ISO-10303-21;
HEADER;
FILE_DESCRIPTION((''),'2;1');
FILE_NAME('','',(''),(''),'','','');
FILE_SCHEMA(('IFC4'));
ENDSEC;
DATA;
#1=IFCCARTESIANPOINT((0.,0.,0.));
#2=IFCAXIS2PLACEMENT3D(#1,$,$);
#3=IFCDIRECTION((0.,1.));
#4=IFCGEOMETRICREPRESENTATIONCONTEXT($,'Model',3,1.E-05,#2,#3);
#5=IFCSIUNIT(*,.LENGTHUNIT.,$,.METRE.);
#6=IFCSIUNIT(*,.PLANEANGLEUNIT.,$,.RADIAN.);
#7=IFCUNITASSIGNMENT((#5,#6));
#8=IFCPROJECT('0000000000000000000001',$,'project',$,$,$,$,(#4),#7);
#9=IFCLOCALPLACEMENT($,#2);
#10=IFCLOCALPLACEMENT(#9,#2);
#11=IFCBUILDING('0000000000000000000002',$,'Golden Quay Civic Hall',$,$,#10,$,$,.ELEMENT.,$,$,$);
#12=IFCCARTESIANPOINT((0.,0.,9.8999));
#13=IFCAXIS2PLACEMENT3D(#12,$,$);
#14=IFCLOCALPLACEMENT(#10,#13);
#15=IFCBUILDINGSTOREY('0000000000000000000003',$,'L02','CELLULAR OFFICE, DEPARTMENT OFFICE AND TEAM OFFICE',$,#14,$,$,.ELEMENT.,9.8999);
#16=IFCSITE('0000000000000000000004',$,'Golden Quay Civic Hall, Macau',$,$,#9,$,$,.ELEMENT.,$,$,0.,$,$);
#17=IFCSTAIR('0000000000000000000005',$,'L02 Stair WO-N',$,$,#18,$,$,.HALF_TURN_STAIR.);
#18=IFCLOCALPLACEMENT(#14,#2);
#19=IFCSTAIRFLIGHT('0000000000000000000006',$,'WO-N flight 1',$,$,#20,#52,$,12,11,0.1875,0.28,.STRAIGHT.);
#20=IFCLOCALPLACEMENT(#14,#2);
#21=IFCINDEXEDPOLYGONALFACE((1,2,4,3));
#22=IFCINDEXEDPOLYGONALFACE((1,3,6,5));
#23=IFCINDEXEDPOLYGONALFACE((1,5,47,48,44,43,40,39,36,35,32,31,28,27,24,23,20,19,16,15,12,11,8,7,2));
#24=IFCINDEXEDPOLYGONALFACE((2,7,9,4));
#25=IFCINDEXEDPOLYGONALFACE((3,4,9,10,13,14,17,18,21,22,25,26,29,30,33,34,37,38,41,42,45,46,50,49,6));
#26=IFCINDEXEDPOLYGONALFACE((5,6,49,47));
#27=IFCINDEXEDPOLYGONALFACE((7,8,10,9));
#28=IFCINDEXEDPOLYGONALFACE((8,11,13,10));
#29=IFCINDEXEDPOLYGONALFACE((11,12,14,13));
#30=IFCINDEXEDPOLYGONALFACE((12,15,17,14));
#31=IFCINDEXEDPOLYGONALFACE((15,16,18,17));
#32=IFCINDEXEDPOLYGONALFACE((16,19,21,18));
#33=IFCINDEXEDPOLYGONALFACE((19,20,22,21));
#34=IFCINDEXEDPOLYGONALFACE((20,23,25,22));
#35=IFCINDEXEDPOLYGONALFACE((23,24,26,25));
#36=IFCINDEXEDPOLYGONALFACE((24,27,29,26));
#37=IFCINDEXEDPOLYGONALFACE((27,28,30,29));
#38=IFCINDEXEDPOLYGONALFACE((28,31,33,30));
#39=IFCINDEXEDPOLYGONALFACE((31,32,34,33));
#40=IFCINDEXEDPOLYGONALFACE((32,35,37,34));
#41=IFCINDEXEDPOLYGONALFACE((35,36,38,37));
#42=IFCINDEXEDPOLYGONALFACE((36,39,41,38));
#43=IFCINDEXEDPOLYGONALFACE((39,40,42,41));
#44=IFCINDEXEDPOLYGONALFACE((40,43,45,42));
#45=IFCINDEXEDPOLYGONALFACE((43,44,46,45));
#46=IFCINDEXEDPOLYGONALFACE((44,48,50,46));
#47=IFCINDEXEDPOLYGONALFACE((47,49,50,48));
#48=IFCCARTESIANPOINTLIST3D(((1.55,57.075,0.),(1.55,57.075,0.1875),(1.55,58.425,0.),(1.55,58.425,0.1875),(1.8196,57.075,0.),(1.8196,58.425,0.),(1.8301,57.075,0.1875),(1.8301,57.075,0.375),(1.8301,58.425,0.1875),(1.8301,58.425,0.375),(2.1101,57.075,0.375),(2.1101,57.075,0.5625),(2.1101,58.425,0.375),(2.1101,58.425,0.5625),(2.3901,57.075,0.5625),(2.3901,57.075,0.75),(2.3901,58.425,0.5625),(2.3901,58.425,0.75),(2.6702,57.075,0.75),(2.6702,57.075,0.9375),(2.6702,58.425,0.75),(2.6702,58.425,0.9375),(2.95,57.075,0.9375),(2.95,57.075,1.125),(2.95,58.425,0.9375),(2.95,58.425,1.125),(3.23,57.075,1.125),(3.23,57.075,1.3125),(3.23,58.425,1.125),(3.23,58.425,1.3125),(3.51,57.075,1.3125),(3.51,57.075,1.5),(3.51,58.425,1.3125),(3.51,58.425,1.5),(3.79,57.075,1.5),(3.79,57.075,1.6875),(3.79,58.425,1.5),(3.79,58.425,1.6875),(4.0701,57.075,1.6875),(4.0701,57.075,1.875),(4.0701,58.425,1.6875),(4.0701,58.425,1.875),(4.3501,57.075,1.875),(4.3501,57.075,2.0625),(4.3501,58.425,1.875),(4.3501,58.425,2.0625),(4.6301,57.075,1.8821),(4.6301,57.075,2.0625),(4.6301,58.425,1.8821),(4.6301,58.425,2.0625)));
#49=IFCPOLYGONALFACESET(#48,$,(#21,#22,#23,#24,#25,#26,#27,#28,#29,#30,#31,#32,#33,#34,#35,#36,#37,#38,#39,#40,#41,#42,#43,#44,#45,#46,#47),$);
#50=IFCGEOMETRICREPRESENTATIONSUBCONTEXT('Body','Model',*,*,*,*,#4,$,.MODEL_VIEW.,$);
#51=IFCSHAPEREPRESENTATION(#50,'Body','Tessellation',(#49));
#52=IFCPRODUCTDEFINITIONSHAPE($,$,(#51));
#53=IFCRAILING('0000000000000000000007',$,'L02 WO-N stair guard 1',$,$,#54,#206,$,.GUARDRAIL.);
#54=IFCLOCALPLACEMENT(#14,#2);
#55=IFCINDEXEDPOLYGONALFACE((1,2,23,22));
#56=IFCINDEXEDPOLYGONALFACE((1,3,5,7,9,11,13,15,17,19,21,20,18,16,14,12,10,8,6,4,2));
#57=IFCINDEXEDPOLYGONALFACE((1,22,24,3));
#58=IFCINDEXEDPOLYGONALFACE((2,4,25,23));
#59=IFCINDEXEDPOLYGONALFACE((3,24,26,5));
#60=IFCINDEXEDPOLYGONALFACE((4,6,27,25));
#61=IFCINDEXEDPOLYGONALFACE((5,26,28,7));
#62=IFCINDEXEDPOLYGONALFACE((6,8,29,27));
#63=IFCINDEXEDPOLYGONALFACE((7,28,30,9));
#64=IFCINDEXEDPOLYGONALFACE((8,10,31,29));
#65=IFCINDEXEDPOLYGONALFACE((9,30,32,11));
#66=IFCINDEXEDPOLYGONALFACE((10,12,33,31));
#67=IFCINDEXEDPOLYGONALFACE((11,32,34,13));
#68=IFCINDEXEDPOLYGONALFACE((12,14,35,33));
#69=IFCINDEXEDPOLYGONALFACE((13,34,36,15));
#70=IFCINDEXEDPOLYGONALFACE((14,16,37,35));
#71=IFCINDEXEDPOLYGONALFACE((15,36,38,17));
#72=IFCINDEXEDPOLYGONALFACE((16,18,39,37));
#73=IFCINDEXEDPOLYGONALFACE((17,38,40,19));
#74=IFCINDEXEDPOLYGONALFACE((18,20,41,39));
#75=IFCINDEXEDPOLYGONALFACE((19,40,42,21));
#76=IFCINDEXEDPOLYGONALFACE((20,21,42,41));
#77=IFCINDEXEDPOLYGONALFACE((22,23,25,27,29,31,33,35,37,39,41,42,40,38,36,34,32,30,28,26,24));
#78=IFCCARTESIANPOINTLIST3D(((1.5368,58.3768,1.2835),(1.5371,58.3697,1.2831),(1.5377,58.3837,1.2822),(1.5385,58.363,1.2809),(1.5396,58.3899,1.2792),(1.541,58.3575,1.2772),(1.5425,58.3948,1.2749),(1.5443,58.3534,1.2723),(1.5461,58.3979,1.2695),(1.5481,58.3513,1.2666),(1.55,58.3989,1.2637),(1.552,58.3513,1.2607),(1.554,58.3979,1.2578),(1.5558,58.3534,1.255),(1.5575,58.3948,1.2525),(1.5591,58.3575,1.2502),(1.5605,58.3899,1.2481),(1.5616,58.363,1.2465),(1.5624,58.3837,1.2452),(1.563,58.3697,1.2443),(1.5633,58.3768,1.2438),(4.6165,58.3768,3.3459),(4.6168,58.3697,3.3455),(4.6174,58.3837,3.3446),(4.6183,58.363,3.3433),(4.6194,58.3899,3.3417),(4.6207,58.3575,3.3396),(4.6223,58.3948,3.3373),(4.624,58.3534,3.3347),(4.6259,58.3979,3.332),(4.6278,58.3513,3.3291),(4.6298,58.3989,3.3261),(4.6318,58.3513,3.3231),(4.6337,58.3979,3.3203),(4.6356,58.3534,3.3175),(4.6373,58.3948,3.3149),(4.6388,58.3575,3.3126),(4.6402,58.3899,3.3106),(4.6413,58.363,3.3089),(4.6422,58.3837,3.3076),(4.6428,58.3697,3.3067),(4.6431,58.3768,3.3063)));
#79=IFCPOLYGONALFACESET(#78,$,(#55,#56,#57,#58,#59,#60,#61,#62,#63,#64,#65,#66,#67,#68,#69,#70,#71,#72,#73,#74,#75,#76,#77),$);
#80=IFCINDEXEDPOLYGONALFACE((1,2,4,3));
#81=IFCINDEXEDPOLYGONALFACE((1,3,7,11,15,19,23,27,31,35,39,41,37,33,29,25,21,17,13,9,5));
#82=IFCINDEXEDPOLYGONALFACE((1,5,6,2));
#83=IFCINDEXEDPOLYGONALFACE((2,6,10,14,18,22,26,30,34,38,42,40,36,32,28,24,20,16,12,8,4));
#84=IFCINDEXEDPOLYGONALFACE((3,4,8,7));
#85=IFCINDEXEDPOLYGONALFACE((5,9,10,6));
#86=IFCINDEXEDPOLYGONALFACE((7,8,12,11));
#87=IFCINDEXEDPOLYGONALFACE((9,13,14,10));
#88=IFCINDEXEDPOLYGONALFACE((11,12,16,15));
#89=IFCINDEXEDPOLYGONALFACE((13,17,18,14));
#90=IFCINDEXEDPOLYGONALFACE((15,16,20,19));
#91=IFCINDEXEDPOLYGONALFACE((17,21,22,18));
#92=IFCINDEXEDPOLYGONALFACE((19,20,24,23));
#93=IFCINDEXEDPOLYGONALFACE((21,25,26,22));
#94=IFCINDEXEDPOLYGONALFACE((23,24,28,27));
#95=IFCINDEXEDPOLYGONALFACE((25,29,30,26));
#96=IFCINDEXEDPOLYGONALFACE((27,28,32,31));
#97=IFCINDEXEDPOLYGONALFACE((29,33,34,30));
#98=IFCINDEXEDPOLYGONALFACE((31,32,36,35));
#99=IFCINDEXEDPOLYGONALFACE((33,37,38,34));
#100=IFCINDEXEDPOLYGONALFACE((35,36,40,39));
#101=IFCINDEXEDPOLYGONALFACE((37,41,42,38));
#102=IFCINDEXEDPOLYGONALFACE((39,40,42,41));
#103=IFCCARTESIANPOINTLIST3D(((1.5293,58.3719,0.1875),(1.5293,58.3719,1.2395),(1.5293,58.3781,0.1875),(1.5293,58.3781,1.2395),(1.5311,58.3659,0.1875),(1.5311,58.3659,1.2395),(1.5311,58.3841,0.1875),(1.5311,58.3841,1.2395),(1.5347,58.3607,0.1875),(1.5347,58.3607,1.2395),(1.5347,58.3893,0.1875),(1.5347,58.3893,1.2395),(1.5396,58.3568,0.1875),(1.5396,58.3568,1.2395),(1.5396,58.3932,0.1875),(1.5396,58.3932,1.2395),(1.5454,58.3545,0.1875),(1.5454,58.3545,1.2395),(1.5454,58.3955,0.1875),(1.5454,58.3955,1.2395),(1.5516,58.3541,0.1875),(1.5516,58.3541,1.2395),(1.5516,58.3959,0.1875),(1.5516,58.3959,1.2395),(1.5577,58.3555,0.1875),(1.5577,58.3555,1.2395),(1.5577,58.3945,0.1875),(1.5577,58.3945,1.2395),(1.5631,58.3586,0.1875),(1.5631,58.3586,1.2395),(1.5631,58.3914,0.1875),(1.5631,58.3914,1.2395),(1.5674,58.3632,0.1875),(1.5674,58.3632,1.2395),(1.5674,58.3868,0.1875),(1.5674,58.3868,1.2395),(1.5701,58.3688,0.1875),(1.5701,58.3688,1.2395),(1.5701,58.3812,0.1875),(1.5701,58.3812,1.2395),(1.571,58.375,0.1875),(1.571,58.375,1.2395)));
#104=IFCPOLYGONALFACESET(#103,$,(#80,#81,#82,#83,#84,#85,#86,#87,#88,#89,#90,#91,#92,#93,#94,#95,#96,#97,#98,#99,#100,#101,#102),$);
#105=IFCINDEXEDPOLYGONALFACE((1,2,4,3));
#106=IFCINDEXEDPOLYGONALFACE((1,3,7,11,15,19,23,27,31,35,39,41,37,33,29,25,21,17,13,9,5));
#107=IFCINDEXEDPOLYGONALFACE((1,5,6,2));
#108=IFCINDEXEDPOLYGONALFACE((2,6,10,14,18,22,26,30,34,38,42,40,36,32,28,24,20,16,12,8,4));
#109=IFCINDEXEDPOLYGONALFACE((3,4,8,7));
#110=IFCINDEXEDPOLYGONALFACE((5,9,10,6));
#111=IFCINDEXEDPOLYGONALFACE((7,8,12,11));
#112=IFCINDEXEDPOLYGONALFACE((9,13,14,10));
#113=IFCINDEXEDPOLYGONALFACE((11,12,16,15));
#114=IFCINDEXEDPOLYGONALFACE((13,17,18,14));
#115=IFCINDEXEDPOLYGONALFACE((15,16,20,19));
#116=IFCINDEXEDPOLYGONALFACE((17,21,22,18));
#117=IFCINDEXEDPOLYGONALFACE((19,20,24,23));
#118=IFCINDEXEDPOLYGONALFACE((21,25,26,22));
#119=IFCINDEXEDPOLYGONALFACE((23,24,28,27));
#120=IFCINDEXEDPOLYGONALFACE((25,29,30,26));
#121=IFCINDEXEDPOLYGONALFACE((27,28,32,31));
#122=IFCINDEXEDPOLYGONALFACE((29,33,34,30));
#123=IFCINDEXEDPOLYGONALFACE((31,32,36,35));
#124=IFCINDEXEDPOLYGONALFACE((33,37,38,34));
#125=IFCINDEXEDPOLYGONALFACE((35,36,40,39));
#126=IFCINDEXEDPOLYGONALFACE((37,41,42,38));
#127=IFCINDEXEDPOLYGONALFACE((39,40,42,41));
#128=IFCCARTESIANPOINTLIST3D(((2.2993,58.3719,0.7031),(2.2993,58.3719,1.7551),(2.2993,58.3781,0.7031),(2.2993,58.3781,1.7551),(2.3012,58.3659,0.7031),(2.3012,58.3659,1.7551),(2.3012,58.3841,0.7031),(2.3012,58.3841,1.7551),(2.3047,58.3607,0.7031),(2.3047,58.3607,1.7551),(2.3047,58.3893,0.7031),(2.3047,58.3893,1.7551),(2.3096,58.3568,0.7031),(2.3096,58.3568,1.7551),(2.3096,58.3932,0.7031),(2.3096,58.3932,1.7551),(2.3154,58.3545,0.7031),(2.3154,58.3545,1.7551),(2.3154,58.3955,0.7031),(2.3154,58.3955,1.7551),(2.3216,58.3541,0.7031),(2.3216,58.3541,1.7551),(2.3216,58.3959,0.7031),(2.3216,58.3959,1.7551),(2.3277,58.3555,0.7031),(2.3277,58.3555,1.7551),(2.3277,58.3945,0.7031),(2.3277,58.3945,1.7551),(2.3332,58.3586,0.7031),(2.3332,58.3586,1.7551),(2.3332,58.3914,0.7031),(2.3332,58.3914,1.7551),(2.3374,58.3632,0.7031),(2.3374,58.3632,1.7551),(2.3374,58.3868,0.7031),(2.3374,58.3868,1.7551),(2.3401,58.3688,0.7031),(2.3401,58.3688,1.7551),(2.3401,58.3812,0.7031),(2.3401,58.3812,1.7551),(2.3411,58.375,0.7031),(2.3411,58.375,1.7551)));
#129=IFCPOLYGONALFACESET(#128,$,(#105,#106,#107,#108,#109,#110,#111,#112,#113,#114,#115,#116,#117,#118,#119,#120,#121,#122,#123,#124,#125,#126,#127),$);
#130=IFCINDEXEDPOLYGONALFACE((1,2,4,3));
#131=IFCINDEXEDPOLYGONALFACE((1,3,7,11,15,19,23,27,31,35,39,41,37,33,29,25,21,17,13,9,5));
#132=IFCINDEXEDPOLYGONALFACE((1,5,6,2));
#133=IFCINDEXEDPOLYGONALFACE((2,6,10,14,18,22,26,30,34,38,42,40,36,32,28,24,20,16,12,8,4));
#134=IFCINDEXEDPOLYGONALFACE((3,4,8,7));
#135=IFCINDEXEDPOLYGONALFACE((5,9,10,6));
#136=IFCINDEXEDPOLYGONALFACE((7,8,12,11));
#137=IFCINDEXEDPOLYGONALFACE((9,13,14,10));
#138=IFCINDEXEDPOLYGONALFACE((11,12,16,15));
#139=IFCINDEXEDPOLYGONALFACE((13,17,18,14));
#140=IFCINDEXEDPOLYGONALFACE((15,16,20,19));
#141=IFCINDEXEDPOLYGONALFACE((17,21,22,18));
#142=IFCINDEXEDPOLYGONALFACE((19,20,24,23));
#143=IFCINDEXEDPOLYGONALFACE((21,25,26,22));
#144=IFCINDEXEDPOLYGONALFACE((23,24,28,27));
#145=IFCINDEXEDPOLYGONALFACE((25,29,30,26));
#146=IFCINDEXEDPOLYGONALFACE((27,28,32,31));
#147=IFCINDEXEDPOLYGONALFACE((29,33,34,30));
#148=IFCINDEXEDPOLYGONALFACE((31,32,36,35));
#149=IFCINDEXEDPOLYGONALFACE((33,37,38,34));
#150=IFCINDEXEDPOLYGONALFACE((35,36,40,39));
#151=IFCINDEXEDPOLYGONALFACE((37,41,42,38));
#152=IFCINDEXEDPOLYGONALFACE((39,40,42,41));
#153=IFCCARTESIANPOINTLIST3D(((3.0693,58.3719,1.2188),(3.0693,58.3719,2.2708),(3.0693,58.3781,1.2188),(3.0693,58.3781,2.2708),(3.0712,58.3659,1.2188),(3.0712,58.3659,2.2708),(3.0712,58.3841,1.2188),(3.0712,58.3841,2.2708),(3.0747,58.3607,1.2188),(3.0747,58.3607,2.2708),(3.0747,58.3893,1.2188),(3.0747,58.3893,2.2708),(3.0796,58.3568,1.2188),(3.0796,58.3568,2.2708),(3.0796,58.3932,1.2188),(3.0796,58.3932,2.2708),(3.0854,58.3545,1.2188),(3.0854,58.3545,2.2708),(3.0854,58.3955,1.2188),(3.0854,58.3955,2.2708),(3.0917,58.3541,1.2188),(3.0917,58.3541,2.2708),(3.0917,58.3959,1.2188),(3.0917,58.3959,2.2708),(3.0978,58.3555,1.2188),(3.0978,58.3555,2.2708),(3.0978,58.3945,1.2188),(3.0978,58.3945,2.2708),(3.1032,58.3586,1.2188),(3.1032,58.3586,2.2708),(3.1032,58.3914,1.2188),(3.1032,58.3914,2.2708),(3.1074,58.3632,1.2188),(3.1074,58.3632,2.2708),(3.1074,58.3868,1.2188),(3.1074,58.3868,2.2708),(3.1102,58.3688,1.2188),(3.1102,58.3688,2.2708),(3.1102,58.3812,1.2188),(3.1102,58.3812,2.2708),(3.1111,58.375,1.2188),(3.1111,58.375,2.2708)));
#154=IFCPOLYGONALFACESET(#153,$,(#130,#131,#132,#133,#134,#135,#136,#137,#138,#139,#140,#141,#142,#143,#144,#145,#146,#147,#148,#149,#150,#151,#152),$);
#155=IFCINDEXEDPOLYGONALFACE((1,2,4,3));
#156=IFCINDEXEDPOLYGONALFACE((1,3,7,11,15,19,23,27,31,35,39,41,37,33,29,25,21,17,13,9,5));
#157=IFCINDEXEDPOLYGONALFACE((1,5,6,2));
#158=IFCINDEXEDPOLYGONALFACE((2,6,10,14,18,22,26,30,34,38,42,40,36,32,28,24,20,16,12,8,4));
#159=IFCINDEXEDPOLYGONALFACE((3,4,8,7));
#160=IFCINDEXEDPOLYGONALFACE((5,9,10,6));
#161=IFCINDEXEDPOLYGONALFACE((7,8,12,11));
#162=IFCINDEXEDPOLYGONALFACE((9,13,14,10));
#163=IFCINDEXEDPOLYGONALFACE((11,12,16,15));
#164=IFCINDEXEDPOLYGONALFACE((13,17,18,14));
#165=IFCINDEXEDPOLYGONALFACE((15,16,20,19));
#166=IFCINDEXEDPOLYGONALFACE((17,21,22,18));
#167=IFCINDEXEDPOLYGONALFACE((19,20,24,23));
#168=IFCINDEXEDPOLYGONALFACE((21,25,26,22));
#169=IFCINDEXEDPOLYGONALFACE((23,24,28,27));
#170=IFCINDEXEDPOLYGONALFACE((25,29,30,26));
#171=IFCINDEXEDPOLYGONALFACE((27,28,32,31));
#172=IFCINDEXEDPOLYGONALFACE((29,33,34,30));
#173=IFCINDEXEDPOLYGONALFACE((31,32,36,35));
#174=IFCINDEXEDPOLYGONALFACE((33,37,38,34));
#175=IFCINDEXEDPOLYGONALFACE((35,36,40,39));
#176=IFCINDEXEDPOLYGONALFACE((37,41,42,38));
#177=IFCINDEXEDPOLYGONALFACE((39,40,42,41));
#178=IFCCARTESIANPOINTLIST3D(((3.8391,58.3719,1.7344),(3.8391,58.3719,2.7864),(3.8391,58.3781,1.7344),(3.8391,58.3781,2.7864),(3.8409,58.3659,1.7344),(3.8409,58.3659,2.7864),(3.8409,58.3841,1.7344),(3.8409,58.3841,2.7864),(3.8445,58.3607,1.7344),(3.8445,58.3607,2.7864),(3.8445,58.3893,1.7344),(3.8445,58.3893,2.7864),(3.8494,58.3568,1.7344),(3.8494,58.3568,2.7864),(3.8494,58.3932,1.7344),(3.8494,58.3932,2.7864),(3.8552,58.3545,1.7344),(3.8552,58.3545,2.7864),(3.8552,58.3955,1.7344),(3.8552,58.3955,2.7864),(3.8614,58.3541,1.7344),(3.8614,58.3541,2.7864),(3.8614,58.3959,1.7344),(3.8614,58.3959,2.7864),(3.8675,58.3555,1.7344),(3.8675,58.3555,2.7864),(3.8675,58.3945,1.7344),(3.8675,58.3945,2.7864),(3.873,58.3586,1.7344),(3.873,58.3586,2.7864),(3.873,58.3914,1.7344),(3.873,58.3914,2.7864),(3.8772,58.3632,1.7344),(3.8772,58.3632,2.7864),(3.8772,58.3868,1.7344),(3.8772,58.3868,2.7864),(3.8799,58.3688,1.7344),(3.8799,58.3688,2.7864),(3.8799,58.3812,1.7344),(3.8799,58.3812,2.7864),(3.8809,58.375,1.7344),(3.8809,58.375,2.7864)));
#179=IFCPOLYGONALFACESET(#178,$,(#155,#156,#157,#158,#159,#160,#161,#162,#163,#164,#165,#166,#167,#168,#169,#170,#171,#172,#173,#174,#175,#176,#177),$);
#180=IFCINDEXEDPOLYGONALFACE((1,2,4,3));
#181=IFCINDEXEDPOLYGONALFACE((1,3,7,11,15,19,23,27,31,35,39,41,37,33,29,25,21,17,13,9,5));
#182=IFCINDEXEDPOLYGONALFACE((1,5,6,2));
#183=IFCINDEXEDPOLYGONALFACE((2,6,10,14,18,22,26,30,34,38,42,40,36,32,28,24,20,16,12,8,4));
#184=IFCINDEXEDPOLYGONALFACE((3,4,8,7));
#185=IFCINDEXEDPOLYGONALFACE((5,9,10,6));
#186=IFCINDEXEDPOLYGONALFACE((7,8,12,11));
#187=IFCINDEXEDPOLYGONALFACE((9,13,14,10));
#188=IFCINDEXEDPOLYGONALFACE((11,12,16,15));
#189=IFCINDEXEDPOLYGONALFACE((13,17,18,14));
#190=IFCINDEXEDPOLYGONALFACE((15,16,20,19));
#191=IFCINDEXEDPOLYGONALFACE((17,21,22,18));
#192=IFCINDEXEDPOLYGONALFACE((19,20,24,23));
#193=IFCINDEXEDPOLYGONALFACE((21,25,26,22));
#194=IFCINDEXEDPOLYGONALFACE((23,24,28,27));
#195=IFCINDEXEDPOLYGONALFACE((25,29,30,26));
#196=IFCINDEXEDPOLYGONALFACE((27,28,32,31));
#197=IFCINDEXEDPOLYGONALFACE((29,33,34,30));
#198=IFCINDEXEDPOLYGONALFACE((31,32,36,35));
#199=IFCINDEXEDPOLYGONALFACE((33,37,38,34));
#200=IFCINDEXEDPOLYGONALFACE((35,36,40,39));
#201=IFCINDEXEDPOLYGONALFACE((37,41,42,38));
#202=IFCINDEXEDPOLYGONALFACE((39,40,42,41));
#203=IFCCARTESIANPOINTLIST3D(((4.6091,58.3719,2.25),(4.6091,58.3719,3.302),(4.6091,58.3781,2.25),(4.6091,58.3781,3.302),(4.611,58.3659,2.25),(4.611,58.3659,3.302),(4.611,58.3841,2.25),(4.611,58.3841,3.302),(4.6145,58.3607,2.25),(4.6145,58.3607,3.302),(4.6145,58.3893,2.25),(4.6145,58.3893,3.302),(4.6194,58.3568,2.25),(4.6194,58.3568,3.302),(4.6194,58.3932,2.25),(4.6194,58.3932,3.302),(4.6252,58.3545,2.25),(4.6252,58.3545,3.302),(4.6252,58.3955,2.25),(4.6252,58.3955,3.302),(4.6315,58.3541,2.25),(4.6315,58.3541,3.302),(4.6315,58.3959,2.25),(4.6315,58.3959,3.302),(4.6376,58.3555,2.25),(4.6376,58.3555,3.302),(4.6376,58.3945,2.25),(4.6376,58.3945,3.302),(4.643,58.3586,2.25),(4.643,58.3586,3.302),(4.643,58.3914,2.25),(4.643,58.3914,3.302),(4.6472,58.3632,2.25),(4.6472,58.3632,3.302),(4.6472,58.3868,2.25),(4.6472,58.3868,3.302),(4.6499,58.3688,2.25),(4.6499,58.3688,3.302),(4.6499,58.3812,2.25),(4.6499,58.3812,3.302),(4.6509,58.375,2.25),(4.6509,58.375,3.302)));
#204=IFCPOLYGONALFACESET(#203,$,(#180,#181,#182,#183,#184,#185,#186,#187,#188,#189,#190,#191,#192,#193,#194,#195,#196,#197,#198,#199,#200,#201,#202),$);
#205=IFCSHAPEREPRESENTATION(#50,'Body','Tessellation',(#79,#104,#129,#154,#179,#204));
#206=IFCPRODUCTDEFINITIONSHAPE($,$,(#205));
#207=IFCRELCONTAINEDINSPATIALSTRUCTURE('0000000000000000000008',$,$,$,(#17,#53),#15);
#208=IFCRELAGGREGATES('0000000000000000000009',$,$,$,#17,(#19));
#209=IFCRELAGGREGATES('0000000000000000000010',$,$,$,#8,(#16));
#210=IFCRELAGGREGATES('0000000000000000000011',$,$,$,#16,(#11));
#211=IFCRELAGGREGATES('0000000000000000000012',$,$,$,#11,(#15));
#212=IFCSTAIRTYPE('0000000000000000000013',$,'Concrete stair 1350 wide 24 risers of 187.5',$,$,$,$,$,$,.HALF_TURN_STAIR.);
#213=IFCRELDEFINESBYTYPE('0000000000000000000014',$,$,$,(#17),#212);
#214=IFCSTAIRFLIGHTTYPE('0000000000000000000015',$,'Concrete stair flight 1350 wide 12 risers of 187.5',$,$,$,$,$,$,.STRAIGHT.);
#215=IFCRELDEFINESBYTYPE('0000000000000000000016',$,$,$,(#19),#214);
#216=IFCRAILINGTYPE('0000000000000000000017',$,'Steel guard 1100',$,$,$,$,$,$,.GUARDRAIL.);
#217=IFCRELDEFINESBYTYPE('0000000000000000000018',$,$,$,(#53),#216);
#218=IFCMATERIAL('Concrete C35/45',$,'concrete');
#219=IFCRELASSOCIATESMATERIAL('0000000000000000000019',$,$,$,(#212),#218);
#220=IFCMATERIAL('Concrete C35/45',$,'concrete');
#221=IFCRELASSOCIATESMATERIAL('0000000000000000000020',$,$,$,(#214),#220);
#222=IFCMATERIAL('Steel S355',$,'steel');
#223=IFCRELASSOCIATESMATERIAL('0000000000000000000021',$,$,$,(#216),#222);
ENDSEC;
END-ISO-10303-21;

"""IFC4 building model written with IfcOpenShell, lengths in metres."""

from ifc_helpers import new_model, si_unit, direction, frame, origin, origin_2d, place, context, subcontext, project, spatial, polyline, circle, outline, extrude, material, type_object, element, aggregate, save


model = new_model("IFC4")

# Units and contexts
model_context = context("Model", 3, precision=1e-05, world=origin(), true_north=direction((0.0, 1.0)))
body_context = subcontext(model_context, "Body", "Model", "MODEL_VIEW")
ifc_project = project(units=[si_unit("LENGTHUNIT", "METRE"), si_unit("PLANEANGLEUNIT", "RADIAN")], contexts=[model_context])

# Site, building, storey
site_placement = place(None, origin())
site = spatial("IfcSite", under=ifc_project, at=site_placement, Name="Golden Quay Civic Hall, Macau", CompositionType="ELEMENT", RefElevation=0.0)
building_placement = place(site_placement, origin())
building = spatial("IfcBuilding", under=site, at=building_placement, Name="Golden Quay Civic Hall", CompositionType="ELEMENT")
storey_placement = place(building_placement, frame((0.0, 0.0, 9.8999)))
storey = spatial("IfcBuildingStorey", under=building, at=storey_placement, Name="L02", Description="CELLULAR OFFICE, DEPARTMENT OFFICE AND TEAM OFFICE", CompositionType="ELEMENT", Elevation=9.8999)

# Stair, stair flight
ifc_material_1 = material(Name="Concrete C35/45", Category="concrete")
stair_type = type_object("IfcStairType", Name="Concrete stair 1350 wide 24 risers of 187.5", PredefinedType="HALF_TURN_STAIR", material=ifc_material_1)
stair_placement = place(storey_placement, origin())
stair = element("IfcStair", 1, at=stair_placement, inside=storey, type_object=stair_type, Name="L02 Stair WO-N", PredefinedType="HALF_TURN_STAIR")
ifc_material_2 = material(Name="Concrete C35/45", Category="concrete")
stair_flight_type = type_object("IfcStairFlightType", Name="Concrete stair flight 1350 wide 12 risers of 187.5", PredefinedType="STRAIGHT", material=ifc_material_2)
stair_flight_placement = place(storey_placement, frame((1.55, 57.75, 0.0), z_axis=(0.0, 0.0, 1.0), x_axis=(1.0, 0.0, 0.0)))
stair_flight = element("IfcStairFlight", 2, at=stair_flight_placement, type_object=stair_flight_type, Name="WO-N flight 1", NumberOfRisers=12, NumberOfTreads=11, PredefinedType="STRAIGHT", RiserHeight=0.1875, TreadLength=0.28, context=body_context, shape_type="SweptSolid", body=[
    extrude(outline(polyline([(0.0, 0.0), (0.0, 0.1875), (0.28, 0.1875), (0.28, 0.375), (0.5601, 0.375), (0.5601, 0.5625), (0.8401, 0.5625), (0.8401, 0.75), (1.1201, 0.75), (1.1201, 0.9375), (1.3999, 0.9375), (1.3999, 1.125), (1.6799, 1.125), (1.6799, 1.3125), (1.96, 1.3125), (1.96, 1.5), (2.24, 1.5), (2.24, 1.6875), (2.52, 1.6875), (2.52, 1.875), (2.8, 1.875), (2.8, 2.0625), (3.0801, 2.0625), (3.0801, 2.25), (3.0801, 1.8821), (0.2695, 0.0), (0.0, 0.0)])), frame((0.0, 0.675, 0.0), z_axis=(0.0, -1.0, 0.0), x_axis=(1.0, 0.0, 0.0)), (0.0, 0.0, 1.0), 1.35),
])
aggregate(stair, [stair_flight])

# Railing
ifc_material_3 = material(Name="Steel S355", Category="steel")
railing_type_1 = type_object("IfcRailingType", Name="Steel guard 1100", PredefinedType="GUARDRAIL", material=ifc_material_3)
railing_1_placement = place(storey_placement, frame((1.55, 58.375, 0.1875)))
element("IfcRailing", 3, at=railing_1_placement, inside=storey, type_object=railing_type_1, Name="L02 WO-N stair guard 1", PredefinedType="GUARDRAIL", context=body_context, shape_type="SweptSolid", body=[
    extrude(circle(Radius=0.0239, at=origin_2d()), frame((0.0, 0.0, 1.0762), z_axis=(0.830893, 0.0, 0.556432), x_axis=(0.0, 1.0, 0.0)), (0.0, 0.0, 1.0), 3.7065),
    extrude(circle(Radius=0.021, at=origin_2d()), origin(), (0.0, 0.0, 1.0), 1.052),
    extrude(circle(Radius=0.021, at=origin_2d()), frame((0.77, 0.0, 0.5156)), (0.0, 0.0, 1.0), 1.052),
    extrude(circle(Radius=0.021, at=origin_2d()), frame((1.54, 0.0, 1.0312)), (0.0, 0.0, 1.0), 1.052),
    extrude(circle(Radius=0.021, at=origin_2d()), frame((2.3098, 0.0, 1.5469)), (0.0, 0.0, 1.0), 1.052),
    extrude(circle(Radius=0.021, at=origin_2d()), frame((3.0798, 0.0, 2.0625)), (0.0, 0.0, 1.0), 1.052),
])

save(model, "model.ifc")
